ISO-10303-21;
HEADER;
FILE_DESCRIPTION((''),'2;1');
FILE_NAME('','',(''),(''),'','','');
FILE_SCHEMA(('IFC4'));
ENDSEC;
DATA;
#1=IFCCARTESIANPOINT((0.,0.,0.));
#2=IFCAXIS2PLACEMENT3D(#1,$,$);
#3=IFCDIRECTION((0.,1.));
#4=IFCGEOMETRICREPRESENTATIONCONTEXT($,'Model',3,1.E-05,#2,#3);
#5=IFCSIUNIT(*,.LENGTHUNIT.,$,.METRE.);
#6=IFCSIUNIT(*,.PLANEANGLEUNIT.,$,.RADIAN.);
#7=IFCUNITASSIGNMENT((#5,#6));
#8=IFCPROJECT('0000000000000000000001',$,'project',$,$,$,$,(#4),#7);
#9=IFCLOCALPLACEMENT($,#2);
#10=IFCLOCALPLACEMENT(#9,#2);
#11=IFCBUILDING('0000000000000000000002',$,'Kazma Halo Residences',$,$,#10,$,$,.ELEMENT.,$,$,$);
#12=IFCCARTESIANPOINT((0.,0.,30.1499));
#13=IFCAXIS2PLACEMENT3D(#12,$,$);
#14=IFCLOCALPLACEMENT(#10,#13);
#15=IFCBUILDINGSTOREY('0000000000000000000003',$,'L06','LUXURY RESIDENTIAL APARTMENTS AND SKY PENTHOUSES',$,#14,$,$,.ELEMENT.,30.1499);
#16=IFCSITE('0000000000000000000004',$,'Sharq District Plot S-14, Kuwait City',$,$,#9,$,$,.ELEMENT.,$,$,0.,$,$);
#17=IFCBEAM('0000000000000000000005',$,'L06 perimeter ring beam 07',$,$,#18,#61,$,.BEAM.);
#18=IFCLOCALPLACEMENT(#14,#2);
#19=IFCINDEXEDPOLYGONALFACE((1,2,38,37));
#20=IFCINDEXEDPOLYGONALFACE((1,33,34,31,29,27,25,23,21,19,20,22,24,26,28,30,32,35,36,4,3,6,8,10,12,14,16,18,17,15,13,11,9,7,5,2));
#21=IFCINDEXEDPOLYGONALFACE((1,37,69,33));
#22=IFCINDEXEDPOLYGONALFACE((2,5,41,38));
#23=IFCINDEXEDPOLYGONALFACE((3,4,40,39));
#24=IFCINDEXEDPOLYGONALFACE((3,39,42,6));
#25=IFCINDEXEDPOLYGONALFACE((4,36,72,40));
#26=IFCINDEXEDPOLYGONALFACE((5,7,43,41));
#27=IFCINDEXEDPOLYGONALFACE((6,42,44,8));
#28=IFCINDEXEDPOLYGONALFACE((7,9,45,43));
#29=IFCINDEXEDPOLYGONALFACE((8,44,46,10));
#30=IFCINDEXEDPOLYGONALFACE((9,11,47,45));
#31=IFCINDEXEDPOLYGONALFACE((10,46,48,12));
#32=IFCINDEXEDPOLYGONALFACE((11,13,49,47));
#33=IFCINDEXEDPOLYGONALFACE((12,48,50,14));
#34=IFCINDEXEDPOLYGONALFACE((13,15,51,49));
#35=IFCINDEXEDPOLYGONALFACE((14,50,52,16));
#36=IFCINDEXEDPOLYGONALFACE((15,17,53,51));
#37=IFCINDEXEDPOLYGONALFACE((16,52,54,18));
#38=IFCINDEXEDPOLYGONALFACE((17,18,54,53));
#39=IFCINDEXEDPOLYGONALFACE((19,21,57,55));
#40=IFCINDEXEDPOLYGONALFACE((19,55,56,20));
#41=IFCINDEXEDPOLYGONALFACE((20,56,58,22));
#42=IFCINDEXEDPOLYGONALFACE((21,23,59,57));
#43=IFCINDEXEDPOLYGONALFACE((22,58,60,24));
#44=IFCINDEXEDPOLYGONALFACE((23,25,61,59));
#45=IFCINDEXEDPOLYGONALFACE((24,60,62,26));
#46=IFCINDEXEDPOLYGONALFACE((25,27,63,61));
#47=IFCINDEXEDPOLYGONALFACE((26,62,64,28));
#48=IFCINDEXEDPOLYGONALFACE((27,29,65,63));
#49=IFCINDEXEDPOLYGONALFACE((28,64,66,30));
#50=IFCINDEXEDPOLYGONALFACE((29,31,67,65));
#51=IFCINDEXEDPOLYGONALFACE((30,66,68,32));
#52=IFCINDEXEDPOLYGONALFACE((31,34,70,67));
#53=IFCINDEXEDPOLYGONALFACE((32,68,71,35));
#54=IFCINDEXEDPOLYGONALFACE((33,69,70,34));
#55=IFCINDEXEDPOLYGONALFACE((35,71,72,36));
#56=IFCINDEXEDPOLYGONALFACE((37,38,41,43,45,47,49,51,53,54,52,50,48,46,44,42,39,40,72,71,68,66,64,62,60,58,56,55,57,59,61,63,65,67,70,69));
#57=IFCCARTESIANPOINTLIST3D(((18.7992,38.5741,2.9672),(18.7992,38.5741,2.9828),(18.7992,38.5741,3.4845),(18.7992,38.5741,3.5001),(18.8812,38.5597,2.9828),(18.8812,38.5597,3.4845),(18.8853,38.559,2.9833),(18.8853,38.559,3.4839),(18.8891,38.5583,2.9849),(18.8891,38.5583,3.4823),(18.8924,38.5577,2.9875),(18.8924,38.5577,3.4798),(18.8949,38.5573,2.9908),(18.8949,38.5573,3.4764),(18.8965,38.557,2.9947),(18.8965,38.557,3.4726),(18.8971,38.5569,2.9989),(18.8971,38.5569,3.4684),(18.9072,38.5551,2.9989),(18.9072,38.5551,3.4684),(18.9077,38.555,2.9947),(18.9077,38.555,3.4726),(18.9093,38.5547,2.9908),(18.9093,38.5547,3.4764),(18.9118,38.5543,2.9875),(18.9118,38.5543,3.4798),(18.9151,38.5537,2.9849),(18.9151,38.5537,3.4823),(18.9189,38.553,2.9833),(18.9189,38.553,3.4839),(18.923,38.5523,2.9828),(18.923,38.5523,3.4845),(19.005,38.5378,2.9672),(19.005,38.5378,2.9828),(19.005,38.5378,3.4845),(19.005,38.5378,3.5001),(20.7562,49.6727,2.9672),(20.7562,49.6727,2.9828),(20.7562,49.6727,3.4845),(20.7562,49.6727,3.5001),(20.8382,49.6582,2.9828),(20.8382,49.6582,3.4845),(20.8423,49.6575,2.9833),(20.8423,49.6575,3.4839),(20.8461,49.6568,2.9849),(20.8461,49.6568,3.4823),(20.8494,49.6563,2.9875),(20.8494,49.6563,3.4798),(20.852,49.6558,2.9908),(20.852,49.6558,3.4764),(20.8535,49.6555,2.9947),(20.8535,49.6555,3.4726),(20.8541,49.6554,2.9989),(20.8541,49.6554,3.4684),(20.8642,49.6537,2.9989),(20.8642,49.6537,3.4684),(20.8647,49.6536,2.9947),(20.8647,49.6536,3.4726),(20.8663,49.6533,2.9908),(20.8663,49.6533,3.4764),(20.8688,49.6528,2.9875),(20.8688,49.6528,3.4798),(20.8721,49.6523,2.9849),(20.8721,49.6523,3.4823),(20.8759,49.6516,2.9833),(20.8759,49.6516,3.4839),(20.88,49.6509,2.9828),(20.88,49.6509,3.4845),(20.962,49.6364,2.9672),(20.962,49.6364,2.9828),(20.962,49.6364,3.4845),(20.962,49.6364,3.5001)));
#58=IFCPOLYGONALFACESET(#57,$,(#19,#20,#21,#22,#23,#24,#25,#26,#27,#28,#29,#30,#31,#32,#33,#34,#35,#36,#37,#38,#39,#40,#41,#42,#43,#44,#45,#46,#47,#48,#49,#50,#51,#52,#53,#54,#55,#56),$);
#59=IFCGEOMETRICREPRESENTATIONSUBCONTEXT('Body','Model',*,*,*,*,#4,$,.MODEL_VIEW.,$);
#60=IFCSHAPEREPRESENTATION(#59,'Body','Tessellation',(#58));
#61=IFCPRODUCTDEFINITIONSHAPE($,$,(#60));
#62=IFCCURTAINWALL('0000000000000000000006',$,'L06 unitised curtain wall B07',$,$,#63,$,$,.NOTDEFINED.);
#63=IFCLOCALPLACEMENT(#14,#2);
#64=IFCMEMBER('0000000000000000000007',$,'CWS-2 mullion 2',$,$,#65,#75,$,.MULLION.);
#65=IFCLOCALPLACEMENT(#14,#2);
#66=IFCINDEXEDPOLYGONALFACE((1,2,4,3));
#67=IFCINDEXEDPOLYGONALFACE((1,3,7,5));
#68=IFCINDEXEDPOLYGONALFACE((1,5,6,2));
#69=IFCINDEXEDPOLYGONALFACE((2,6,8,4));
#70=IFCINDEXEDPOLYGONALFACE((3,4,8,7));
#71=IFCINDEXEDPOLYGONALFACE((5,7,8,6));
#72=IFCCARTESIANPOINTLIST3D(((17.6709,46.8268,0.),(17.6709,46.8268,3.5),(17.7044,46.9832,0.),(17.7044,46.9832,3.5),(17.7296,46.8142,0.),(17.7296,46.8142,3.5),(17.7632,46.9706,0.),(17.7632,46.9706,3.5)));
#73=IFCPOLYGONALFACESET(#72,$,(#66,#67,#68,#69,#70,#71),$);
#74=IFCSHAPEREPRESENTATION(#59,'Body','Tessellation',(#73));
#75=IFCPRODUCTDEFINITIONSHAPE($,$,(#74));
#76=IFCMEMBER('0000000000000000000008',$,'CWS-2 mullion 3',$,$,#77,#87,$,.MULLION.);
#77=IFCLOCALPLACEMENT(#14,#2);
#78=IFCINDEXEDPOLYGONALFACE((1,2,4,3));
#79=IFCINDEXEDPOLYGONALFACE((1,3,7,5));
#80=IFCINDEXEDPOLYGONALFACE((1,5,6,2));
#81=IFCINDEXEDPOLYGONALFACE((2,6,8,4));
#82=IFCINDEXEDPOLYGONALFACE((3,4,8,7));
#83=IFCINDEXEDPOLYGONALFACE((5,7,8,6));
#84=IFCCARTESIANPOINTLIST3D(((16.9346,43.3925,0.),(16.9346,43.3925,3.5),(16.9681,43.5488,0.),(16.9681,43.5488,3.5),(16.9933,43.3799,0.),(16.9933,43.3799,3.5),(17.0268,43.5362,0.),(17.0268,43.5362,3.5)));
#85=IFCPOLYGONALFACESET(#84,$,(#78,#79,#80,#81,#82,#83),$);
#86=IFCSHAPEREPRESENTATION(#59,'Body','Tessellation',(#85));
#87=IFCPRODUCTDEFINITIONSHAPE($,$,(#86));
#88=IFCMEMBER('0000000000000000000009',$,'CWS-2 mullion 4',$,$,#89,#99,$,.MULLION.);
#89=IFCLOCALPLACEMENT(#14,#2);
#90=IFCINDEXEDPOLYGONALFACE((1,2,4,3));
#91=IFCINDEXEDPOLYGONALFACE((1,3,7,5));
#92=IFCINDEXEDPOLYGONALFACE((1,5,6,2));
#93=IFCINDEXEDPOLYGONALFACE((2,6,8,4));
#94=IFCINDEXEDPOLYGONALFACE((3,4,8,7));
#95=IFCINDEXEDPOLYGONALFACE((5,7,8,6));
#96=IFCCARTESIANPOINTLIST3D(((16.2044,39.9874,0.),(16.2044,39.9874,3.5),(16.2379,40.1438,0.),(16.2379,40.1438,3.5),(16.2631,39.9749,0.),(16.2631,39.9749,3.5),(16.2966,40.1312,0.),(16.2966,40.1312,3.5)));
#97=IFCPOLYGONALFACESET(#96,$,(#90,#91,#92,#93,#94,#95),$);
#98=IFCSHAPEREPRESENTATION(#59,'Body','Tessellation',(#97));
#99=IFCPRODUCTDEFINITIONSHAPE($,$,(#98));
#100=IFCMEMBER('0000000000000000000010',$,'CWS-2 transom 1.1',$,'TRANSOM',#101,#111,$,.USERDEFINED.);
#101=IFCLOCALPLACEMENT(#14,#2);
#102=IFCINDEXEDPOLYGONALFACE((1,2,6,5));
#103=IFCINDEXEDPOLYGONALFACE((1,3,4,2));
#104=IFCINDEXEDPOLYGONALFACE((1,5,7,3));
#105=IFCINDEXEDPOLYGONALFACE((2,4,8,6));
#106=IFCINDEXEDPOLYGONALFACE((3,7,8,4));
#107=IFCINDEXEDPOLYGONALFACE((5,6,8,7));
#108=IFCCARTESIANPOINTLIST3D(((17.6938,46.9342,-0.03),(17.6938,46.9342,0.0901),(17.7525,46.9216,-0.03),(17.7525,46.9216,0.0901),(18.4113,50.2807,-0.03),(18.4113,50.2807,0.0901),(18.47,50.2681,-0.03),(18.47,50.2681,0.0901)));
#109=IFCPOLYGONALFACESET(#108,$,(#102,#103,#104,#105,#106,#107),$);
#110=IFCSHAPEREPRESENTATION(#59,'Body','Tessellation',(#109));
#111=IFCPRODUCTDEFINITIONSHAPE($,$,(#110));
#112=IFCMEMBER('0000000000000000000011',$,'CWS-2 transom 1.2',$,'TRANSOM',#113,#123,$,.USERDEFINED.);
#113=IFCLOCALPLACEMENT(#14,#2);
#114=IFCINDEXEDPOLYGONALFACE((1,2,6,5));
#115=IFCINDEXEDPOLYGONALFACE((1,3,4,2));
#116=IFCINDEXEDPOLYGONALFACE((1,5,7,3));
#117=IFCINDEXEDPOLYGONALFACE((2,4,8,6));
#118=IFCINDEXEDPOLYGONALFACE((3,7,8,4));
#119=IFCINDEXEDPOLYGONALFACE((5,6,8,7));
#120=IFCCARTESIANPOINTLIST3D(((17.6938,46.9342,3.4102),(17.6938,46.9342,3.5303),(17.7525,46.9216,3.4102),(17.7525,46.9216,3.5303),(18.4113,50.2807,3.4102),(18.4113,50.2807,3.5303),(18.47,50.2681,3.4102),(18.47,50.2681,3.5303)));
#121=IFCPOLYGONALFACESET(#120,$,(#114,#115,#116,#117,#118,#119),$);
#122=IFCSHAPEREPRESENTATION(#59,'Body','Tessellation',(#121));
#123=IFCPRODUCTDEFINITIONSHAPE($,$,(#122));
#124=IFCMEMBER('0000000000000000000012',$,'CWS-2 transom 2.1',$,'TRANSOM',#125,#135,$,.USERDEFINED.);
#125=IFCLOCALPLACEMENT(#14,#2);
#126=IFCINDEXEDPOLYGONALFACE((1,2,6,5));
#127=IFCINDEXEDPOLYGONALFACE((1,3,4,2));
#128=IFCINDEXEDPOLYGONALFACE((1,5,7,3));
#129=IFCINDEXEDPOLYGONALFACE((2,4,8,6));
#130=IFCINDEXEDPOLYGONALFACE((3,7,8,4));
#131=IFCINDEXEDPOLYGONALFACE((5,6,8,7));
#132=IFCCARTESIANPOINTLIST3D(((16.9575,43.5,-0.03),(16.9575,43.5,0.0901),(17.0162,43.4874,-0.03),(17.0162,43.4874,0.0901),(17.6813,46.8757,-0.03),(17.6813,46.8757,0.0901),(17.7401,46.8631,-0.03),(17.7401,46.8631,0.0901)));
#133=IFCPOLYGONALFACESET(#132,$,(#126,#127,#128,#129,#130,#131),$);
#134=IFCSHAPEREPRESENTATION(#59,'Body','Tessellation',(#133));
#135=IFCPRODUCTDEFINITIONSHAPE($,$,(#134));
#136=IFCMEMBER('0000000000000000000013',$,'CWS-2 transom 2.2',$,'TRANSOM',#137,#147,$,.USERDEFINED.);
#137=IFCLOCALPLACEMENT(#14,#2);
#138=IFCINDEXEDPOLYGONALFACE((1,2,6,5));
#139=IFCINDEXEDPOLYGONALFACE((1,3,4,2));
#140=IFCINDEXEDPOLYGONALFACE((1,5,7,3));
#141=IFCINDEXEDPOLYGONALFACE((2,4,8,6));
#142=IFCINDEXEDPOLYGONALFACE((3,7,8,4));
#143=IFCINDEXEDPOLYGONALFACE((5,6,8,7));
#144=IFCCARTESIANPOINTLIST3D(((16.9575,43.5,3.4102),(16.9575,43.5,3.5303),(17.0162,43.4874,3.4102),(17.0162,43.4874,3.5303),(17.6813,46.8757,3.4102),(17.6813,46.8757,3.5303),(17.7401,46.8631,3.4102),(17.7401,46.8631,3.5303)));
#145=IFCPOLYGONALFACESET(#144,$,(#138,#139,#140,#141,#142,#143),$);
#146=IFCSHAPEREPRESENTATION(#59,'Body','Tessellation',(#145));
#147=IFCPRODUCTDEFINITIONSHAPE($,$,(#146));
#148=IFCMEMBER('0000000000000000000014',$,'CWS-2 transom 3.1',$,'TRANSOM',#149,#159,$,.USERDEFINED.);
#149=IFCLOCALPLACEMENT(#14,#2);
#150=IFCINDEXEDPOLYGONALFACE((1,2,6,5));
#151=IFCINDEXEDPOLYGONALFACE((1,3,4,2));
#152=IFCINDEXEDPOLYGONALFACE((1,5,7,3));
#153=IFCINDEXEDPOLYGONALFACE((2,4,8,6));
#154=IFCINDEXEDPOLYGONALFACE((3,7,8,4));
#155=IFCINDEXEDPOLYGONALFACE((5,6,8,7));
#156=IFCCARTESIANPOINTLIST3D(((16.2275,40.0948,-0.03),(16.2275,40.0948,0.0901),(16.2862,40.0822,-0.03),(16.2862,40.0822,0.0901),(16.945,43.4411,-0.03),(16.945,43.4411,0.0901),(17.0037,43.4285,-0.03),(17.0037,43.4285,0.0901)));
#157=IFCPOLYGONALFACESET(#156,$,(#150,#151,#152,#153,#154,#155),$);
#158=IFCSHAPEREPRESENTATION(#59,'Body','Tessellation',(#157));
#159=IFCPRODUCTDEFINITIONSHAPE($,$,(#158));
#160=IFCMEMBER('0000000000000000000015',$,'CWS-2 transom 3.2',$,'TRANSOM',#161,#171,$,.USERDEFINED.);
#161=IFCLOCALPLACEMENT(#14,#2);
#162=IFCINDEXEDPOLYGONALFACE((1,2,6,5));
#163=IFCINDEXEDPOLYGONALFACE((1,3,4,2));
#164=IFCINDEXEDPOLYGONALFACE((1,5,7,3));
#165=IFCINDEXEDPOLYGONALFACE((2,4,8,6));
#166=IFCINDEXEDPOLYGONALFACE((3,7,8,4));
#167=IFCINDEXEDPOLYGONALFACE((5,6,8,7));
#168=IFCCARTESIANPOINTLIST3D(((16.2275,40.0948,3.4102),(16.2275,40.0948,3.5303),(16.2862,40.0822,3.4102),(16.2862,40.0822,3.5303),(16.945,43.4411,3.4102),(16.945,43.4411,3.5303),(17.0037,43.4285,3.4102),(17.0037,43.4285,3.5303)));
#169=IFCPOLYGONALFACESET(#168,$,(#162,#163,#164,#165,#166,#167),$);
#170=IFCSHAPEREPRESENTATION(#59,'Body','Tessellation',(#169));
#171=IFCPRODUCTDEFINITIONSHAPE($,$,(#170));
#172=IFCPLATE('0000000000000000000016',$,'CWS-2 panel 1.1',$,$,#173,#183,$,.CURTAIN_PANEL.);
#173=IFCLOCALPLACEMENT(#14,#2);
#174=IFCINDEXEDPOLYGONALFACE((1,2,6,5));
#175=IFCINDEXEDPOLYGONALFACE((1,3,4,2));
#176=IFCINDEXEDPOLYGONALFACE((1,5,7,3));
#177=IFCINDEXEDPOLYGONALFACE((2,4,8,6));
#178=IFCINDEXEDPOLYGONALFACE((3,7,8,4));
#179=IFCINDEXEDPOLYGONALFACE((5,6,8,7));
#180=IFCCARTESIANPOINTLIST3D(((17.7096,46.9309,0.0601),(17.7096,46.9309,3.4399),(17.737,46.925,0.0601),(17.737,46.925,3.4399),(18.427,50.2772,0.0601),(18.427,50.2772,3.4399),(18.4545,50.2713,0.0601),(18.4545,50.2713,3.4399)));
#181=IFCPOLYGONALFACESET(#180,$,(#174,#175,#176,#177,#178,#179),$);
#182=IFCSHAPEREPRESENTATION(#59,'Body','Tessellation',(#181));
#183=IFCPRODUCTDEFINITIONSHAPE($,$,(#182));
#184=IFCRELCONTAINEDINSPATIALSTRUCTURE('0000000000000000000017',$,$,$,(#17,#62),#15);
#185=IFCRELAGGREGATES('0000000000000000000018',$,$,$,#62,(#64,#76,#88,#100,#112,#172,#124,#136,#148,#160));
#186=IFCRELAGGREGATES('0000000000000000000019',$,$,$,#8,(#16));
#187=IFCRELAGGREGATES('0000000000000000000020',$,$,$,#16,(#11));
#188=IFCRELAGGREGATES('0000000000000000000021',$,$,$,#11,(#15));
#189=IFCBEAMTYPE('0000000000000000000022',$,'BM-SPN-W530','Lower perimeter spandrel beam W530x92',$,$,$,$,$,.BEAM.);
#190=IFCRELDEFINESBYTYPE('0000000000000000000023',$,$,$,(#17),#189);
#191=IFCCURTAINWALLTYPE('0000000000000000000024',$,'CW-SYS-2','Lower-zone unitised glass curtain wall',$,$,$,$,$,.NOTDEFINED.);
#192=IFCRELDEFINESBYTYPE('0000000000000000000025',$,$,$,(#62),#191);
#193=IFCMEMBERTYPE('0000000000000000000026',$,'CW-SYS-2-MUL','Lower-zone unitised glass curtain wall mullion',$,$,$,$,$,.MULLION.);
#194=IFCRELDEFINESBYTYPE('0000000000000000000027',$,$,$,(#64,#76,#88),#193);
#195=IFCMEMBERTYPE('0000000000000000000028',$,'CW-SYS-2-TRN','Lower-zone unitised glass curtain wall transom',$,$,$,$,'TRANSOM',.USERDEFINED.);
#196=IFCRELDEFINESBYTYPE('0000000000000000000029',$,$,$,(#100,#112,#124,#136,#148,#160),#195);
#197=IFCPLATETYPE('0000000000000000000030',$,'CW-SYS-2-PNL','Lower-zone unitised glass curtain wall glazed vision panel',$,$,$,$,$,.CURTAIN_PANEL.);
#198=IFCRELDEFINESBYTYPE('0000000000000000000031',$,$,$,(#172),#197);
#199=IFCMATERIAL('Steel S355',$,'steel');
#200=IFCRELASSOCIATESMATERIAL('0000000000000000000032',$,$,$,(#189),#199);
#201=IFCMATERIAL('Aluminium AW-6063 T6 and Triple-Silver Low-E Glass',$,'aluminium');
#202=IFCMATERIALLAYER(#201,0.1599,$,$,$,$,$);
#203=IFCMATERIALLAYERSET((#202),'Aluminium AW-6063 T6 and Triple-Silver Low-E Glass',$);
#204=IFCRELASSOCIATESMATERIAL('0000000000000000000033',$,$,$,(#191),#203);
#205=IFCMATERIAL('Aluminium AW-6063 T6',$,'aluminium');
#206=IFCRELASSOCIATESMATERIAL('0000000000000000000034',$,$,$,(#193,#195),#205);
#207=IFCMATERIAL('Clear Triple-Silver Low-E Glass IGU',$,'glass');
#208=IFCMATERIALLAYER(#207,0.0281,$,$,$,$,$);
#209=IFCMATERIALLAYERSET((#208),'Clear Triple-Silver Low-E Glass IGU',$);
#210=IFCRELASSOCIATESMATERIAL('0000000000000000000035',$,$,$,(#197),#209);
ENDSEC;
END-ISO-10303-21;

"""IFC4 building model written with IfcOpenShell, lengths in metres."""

from ifc_helpers import new_model, si_unit, direction, frame, origin, origin_2d, place, context, subcontext, project, spatial, rectangle, i_section, extrude, material, layer, layer_set, material_profile, profile_set, type_object, element, aggregate, save


model = new_model("IFC4")

# Units and contexts
model_context = context("Model", 3, precision=1e-05, world=origin(), true_north=direction((0.0, 1.0)))
body_context = subcontext(model_context, "Body", "Model", "MODEL_VIEW")
ifc_project = project(units=[si_unit("LENGTHUNIT", "METRE"), si_unit("PLANEANGLEUNIT", "RADIAN")], contexts=[model_context])

# Site, building, storey
site_placement = place(None, origin())
site = spatial("IfcSite", under=ifc_project, at=site_placement, Name="Sharq District Plot S-14, Kuwait City", CompositionType="ELEMENT", RefElevation=0.0)
building_placement = place(site_placement, origin())
building = spatial("IfcBuilding", under=site, at=building_placement, Name="Kazma Halo Residences", CompositionType="ELEMENT")
storey_placement = place(building_placement, frame((0.0, 0.0, 30.1499)))
storey = spatial("IfcBuildingStorey", under=building, at=storey_placement, Name="L06", Description="LUXURY RESIDENTIAL APARTMENTS AND SKY PENTHOUSES", CompositionType="ELEMENT", Elevation=30.1499)

# Beam
ifc_material_1 = material(Name="Steel S355", Category="steel")
ifc_material_profile_1 = material_profile(ifc_material_1, i_section(OverallWidth=0.209, OverallDepth=0.533, WebThickness=0.0103, FlangeThickness=0.0156, FilletRadius=0.0161, at=origin_2d()), Name="W530x92")
ifc_profile_set_1 = profile_set([ifc_material_profile_1], Name="Steel S355")
beam_type_1 = type_object("IfcBeamType", Name="BM-SPN-W530", Description="Lower perimeter spandrel beam W530x92", PredefinedType="BEAM", material=ifc_profile_set_1)
beam_1_placement = place(storey_placement, frame((20.8591, 49.6545, 3.2336), z_axis=(-0.173652, -0.984807, 0.0), x_axis=(0.984807, -0.173652, 0.0)))
element("IfcBeam", 1, at=beam_1_placement, inside=storey, type_object=beam_type_1, Name="L06 perimeter ring beam 07", PredefinedType="BEAM", context=body_context, shape_type="SweptSolid", body=[
    extrude(i_section(OverallWidth=0.209, OverallDepth=0.533, WebThickness=0.0103, FlangeThickness=0.0156, FilletRadius=0.0161, at=origin_2d()), origin(), (0.0, 0.0, 1.0), 11.2698),
])

# Curtain wall, members, plate
ifc_material_2 = material(Name="Aluminium AW-6063 T6 and Triple-Silver Low-E Glass", Category="aluminium")
ifc_layer_1 = layer(ifc_material_2, 0.1599)
ifc_layer_set_1 = layer_set([ifc_layer_1], Name="Aluminium AW-6063 T6 and Triple-Silver Low-E Glass")
curtain_wall_type = type_object("IfcCurtainWallType", Name="CW-SYS-2", Description="Lower-zone unitised glass curtain wall", PredefinedType="NOTDEFINED", material=ifc_layer_set_1)
curtain_wall_placement = place(storey_placement, origin())
curtain_wall = element("IfcCurtainWall", 2, at=curtain_wall_placement, inside=storey, type_object=curtain_wall_type, Name="L06 unitised curtain wall B07", PredefinedType="NOTDEFINED")
ifc_material_3 = material(Name="Aluminium AW-6063 T6", Category="aluminium")
ifc_material_profile_2 = material_profile(ifc_material_3, rectangle(XDim=0.0601, YDim=0.1599, at=origin_2d()), Name="CWM-60x160")
ifc_profile_set_2 = profile_set([ifc_material_profile_2], Name="Aluminium AW-6063 T6")
member_type_1 = type_object("IfcMemberType", Name="CW-SYS-2-MUL", Description="Lower-zone unitised glass curtain wall mullion", PredefinedType="MULLION", material=ifc_profile_set_2)
member_1_placement = place(storey_placement, frame((17.717, 46.8987, 0.0), z_axis=(0.0, 0.0, 1.0), x_axis=(0.977779, -0.209637, 0.0)))
member_1 = element("IfcMember", 3, at=member_1_placement, type_object=member_type_1, Name="CWS-2 mullion 2", PredefinedType="MULLION", context=body_context, shape_type="SweptSolid", body=[
    extrude(rectangle(XDim=0.0601, YDim=0.1599, at=origin_2d()), origin(), (0.0, 0.0, 1.0), 3.5),
])
member_2_placement = place(storey_placement, frame((16.9807, 43.4644, 0.0), z_axis=(0.0, 0.0, 1.0), x_axis=(0.977779, -0.209637, 0.0)))
member_2 = element("IfcMember", 4, at=member_2_placement, type_object=member_type_1, Name="CWS-2 mullion 3", PredefinedType="MULLION", context=body_context, shape_type="SweptSolid", body=[
    extrude(rectangle(XDim=0.0601, YDim=0.1599, at=origin_2d()), origin(), (0.0, 0.0, 1.0), 3.5),
])
member_3_placement = place(storey_placement, frame((16.2505, 40.0593, 0.0), z_axis=(0.0, 0.0, 1.0), x_axis=(0.977779, -0.209637, 0.0)))
member_3 = element("IfcMember", 5, at=member_3_placement, type_object=member_type_1, Name="CWS-2 mullion 4", PredefinedType="MULLION", context=body_context, shape_type="SweptSolid", body=[
    extrude(rectangle(XDim=0.0601, YDim=0.1599, at=origin_2d()), origin(), (0.0, 0.0, 1.0), 3.5),
])
ifc_material_profile_3 = material_profile(ifc_material_3, rectangle(XDim=0.0601, YDim=0.1201, at=origin_2d()), Name="CWT-60x120")
ifc_profile_set_3 = profile_set([ifc_material_profile_3], Name="Aluminium AW-6063 T6")
member_type_2 = type_object("IfcMemberType", Name="CW-SYS-2-TRN", Description="Lower-zone unitised glass curtain wall transom", ElementType="TRANSOM", PredefinedType="USERDEFINED", material=ifc_profile_set_3)
member_4_placement = place(storey_placement, frame((18.4407, 50.2744, 0.03), z_axis=(-0.209651, -0.977776, 0.0), x_axis=(0.977776, -0.209651, 0.0)))
member_4 = element("IfcMember", 6, at=member_4_placement, type_object=member_type_2, Name="CWS-2 transom 1.1", ObjectType="TRANSOM", PredefinedType="USERDEFINED", context=body_context, shape_type="SweptSolid", body=[
    extrude(rectangle(XDim=0.0601, YDim=0.1201, at=origin_2d()), origin(), (0.0, 0.0, 1.0), 3.4226),
])
member_5_placement = place(storey_placement, frame((18.4407, 50.2744, 3.4702), z_axis=(-0.209651, -0.977776, 0.0), x_axis=(0.977776, -0.209651, 0.0)))
member_5 = element("IfcMember", 7, at=member_5_placement, type_object=member_type_2, Name="CWS-2 transom 1.2", ObjectType="TRANSOM", PredefinedType="USERDEFINED", context=body_context, shape_type="SweptSolid", body=[
    extrude(rectangle(XDim=0.0601, YDim=0.1201, at=origin_2d()), origin(), (0.0, 0.0, 1.0), 3.4226),
])
member_6_placement = place(storey_placement, frame((17.7107, 46.8694, 0.03), z_axis=(-0.209669, -0.977772, 0.0), x_axis=(0.977772, -0.209669, 0.0)))
member_6 = element("IfcMember", 8, at=member_6_placement, type_object=member_type_2, Name="CWS-2 transom 2.1", ObjectType="TRANSOM", PredefinedType="USERDEFINED", context=body_context, shape_type="SweptSolid", body=[
    extrude(rectangle(XDim=0.0601, YDim=0.1201, at=origin_2d()), origin(), (0.0, 0.0, 1.0), 3.4524),
])
member_7_placement = place(storey_placement, frame((17.7107, 46.8694, 3.4702), z_axis=(-0.209669, -0.977772, 0.0), x_axis=(0.977772, -0.209669, 0.0)))
member_7 = element("IfcMember", 9, at=member_7_placement, type_object=member_type_2, Name="CWS-2 transom 2.2", ObjectType="TRANSOM", PredefinedType="USERDEFINED", context=body_context, shape_type="SweptSolid", body=[
    extrude(rectangle(XDim=0.0601, YDim=0.1201, at=origin_2d()), origin(), (0.0, 0.0, 1.0), 3.4524),
])
member_8_placement = place(storey_placement, frame((16.9744, 43.4348, 0.03), z_axis=(-0.209666, -0.977773, 0.0), x_axis=(0.977773, -0.209666, 0.0)))
member_8 = element("IfcMember", 10, at=member_8_placement, type_object=member_type_2, Name="CWS-2 transom 3.1", ObjectType="TRANSOM", PredefinedType="USERDEFINED", context=body_context, shape_type="SweptSolid", body=[
    extrude(rectangle(XDim=0.0601, YDim=0.1201, at=origin_2d()), origin(), (0.0, 0.0, 1.0), 3.4224),
])
member_9_placement = place(storey_placement, frame((16.9744, 43.4348, 3.4702), z_axis=(-0.209666, -0.977773, 0.0), x_axis=(0.977773, -0.209666, 0.0)))
member_9 = element("IfcMember", 11, at=member_9_placement, type_object=member_type_2, Name="CWS-2 transom 3.2", ObjectType="TRANSOM", PredefinedType="USERDEFINED", context=body_context, shape_type="SweptSolid", body=[
    extrude(rectangle(XDim=0.0601, YDim=0.1201, at=origin_2d()), origin(), (0.0, 0.0, 1.0), 3.4224),
])
ifc_material_4 = material(Name="Clear Triple-Silver Low-E Glass IGU", Category="glass")
ifc_layer_2 = layer(ifc_material_4, 0.0281)
ifc_layer_set_2 = layer_set([ifc_layer_2], Name="Clear Triple-Silver Low-E Glass IGU")
plate_type = type_object("IfcPlateType", Name="CW-SYS-2-PNL", Description="Lower-zone unitised glass curtain wall glazed vision panel", PredefinedType="CURTAIN_PANEL", material=ifc_layer_set_2)
plate_1_placement = place(storey_placement, frame((18.082, 48.6011, 0.0601), z_axis=(0.0, 0.0, 1.0), x_axis=(-0.209637, -0.977779, 0.0)))
plate_1 = element("IfcPlate", 12, at=plate_1_placement, type_object=plate_type, Name="CWS-2 panel 1.1", PredefinedType="CURTAIN_PANEL", context=body_context, shape_type="SweptSolid", body=[
    extrude(rectangle(XDim=3.4224, YDim=0.0281, at=origin_2d()), origin(), (0.0, 0.0, 1.0), 3.3799),
])
aggregate(curtain_wall, [member_1, member_2, member_3, member_4, member_5, plate_1, member_6, member_7, member_8, member_9])

save(model, "model.ifc")
